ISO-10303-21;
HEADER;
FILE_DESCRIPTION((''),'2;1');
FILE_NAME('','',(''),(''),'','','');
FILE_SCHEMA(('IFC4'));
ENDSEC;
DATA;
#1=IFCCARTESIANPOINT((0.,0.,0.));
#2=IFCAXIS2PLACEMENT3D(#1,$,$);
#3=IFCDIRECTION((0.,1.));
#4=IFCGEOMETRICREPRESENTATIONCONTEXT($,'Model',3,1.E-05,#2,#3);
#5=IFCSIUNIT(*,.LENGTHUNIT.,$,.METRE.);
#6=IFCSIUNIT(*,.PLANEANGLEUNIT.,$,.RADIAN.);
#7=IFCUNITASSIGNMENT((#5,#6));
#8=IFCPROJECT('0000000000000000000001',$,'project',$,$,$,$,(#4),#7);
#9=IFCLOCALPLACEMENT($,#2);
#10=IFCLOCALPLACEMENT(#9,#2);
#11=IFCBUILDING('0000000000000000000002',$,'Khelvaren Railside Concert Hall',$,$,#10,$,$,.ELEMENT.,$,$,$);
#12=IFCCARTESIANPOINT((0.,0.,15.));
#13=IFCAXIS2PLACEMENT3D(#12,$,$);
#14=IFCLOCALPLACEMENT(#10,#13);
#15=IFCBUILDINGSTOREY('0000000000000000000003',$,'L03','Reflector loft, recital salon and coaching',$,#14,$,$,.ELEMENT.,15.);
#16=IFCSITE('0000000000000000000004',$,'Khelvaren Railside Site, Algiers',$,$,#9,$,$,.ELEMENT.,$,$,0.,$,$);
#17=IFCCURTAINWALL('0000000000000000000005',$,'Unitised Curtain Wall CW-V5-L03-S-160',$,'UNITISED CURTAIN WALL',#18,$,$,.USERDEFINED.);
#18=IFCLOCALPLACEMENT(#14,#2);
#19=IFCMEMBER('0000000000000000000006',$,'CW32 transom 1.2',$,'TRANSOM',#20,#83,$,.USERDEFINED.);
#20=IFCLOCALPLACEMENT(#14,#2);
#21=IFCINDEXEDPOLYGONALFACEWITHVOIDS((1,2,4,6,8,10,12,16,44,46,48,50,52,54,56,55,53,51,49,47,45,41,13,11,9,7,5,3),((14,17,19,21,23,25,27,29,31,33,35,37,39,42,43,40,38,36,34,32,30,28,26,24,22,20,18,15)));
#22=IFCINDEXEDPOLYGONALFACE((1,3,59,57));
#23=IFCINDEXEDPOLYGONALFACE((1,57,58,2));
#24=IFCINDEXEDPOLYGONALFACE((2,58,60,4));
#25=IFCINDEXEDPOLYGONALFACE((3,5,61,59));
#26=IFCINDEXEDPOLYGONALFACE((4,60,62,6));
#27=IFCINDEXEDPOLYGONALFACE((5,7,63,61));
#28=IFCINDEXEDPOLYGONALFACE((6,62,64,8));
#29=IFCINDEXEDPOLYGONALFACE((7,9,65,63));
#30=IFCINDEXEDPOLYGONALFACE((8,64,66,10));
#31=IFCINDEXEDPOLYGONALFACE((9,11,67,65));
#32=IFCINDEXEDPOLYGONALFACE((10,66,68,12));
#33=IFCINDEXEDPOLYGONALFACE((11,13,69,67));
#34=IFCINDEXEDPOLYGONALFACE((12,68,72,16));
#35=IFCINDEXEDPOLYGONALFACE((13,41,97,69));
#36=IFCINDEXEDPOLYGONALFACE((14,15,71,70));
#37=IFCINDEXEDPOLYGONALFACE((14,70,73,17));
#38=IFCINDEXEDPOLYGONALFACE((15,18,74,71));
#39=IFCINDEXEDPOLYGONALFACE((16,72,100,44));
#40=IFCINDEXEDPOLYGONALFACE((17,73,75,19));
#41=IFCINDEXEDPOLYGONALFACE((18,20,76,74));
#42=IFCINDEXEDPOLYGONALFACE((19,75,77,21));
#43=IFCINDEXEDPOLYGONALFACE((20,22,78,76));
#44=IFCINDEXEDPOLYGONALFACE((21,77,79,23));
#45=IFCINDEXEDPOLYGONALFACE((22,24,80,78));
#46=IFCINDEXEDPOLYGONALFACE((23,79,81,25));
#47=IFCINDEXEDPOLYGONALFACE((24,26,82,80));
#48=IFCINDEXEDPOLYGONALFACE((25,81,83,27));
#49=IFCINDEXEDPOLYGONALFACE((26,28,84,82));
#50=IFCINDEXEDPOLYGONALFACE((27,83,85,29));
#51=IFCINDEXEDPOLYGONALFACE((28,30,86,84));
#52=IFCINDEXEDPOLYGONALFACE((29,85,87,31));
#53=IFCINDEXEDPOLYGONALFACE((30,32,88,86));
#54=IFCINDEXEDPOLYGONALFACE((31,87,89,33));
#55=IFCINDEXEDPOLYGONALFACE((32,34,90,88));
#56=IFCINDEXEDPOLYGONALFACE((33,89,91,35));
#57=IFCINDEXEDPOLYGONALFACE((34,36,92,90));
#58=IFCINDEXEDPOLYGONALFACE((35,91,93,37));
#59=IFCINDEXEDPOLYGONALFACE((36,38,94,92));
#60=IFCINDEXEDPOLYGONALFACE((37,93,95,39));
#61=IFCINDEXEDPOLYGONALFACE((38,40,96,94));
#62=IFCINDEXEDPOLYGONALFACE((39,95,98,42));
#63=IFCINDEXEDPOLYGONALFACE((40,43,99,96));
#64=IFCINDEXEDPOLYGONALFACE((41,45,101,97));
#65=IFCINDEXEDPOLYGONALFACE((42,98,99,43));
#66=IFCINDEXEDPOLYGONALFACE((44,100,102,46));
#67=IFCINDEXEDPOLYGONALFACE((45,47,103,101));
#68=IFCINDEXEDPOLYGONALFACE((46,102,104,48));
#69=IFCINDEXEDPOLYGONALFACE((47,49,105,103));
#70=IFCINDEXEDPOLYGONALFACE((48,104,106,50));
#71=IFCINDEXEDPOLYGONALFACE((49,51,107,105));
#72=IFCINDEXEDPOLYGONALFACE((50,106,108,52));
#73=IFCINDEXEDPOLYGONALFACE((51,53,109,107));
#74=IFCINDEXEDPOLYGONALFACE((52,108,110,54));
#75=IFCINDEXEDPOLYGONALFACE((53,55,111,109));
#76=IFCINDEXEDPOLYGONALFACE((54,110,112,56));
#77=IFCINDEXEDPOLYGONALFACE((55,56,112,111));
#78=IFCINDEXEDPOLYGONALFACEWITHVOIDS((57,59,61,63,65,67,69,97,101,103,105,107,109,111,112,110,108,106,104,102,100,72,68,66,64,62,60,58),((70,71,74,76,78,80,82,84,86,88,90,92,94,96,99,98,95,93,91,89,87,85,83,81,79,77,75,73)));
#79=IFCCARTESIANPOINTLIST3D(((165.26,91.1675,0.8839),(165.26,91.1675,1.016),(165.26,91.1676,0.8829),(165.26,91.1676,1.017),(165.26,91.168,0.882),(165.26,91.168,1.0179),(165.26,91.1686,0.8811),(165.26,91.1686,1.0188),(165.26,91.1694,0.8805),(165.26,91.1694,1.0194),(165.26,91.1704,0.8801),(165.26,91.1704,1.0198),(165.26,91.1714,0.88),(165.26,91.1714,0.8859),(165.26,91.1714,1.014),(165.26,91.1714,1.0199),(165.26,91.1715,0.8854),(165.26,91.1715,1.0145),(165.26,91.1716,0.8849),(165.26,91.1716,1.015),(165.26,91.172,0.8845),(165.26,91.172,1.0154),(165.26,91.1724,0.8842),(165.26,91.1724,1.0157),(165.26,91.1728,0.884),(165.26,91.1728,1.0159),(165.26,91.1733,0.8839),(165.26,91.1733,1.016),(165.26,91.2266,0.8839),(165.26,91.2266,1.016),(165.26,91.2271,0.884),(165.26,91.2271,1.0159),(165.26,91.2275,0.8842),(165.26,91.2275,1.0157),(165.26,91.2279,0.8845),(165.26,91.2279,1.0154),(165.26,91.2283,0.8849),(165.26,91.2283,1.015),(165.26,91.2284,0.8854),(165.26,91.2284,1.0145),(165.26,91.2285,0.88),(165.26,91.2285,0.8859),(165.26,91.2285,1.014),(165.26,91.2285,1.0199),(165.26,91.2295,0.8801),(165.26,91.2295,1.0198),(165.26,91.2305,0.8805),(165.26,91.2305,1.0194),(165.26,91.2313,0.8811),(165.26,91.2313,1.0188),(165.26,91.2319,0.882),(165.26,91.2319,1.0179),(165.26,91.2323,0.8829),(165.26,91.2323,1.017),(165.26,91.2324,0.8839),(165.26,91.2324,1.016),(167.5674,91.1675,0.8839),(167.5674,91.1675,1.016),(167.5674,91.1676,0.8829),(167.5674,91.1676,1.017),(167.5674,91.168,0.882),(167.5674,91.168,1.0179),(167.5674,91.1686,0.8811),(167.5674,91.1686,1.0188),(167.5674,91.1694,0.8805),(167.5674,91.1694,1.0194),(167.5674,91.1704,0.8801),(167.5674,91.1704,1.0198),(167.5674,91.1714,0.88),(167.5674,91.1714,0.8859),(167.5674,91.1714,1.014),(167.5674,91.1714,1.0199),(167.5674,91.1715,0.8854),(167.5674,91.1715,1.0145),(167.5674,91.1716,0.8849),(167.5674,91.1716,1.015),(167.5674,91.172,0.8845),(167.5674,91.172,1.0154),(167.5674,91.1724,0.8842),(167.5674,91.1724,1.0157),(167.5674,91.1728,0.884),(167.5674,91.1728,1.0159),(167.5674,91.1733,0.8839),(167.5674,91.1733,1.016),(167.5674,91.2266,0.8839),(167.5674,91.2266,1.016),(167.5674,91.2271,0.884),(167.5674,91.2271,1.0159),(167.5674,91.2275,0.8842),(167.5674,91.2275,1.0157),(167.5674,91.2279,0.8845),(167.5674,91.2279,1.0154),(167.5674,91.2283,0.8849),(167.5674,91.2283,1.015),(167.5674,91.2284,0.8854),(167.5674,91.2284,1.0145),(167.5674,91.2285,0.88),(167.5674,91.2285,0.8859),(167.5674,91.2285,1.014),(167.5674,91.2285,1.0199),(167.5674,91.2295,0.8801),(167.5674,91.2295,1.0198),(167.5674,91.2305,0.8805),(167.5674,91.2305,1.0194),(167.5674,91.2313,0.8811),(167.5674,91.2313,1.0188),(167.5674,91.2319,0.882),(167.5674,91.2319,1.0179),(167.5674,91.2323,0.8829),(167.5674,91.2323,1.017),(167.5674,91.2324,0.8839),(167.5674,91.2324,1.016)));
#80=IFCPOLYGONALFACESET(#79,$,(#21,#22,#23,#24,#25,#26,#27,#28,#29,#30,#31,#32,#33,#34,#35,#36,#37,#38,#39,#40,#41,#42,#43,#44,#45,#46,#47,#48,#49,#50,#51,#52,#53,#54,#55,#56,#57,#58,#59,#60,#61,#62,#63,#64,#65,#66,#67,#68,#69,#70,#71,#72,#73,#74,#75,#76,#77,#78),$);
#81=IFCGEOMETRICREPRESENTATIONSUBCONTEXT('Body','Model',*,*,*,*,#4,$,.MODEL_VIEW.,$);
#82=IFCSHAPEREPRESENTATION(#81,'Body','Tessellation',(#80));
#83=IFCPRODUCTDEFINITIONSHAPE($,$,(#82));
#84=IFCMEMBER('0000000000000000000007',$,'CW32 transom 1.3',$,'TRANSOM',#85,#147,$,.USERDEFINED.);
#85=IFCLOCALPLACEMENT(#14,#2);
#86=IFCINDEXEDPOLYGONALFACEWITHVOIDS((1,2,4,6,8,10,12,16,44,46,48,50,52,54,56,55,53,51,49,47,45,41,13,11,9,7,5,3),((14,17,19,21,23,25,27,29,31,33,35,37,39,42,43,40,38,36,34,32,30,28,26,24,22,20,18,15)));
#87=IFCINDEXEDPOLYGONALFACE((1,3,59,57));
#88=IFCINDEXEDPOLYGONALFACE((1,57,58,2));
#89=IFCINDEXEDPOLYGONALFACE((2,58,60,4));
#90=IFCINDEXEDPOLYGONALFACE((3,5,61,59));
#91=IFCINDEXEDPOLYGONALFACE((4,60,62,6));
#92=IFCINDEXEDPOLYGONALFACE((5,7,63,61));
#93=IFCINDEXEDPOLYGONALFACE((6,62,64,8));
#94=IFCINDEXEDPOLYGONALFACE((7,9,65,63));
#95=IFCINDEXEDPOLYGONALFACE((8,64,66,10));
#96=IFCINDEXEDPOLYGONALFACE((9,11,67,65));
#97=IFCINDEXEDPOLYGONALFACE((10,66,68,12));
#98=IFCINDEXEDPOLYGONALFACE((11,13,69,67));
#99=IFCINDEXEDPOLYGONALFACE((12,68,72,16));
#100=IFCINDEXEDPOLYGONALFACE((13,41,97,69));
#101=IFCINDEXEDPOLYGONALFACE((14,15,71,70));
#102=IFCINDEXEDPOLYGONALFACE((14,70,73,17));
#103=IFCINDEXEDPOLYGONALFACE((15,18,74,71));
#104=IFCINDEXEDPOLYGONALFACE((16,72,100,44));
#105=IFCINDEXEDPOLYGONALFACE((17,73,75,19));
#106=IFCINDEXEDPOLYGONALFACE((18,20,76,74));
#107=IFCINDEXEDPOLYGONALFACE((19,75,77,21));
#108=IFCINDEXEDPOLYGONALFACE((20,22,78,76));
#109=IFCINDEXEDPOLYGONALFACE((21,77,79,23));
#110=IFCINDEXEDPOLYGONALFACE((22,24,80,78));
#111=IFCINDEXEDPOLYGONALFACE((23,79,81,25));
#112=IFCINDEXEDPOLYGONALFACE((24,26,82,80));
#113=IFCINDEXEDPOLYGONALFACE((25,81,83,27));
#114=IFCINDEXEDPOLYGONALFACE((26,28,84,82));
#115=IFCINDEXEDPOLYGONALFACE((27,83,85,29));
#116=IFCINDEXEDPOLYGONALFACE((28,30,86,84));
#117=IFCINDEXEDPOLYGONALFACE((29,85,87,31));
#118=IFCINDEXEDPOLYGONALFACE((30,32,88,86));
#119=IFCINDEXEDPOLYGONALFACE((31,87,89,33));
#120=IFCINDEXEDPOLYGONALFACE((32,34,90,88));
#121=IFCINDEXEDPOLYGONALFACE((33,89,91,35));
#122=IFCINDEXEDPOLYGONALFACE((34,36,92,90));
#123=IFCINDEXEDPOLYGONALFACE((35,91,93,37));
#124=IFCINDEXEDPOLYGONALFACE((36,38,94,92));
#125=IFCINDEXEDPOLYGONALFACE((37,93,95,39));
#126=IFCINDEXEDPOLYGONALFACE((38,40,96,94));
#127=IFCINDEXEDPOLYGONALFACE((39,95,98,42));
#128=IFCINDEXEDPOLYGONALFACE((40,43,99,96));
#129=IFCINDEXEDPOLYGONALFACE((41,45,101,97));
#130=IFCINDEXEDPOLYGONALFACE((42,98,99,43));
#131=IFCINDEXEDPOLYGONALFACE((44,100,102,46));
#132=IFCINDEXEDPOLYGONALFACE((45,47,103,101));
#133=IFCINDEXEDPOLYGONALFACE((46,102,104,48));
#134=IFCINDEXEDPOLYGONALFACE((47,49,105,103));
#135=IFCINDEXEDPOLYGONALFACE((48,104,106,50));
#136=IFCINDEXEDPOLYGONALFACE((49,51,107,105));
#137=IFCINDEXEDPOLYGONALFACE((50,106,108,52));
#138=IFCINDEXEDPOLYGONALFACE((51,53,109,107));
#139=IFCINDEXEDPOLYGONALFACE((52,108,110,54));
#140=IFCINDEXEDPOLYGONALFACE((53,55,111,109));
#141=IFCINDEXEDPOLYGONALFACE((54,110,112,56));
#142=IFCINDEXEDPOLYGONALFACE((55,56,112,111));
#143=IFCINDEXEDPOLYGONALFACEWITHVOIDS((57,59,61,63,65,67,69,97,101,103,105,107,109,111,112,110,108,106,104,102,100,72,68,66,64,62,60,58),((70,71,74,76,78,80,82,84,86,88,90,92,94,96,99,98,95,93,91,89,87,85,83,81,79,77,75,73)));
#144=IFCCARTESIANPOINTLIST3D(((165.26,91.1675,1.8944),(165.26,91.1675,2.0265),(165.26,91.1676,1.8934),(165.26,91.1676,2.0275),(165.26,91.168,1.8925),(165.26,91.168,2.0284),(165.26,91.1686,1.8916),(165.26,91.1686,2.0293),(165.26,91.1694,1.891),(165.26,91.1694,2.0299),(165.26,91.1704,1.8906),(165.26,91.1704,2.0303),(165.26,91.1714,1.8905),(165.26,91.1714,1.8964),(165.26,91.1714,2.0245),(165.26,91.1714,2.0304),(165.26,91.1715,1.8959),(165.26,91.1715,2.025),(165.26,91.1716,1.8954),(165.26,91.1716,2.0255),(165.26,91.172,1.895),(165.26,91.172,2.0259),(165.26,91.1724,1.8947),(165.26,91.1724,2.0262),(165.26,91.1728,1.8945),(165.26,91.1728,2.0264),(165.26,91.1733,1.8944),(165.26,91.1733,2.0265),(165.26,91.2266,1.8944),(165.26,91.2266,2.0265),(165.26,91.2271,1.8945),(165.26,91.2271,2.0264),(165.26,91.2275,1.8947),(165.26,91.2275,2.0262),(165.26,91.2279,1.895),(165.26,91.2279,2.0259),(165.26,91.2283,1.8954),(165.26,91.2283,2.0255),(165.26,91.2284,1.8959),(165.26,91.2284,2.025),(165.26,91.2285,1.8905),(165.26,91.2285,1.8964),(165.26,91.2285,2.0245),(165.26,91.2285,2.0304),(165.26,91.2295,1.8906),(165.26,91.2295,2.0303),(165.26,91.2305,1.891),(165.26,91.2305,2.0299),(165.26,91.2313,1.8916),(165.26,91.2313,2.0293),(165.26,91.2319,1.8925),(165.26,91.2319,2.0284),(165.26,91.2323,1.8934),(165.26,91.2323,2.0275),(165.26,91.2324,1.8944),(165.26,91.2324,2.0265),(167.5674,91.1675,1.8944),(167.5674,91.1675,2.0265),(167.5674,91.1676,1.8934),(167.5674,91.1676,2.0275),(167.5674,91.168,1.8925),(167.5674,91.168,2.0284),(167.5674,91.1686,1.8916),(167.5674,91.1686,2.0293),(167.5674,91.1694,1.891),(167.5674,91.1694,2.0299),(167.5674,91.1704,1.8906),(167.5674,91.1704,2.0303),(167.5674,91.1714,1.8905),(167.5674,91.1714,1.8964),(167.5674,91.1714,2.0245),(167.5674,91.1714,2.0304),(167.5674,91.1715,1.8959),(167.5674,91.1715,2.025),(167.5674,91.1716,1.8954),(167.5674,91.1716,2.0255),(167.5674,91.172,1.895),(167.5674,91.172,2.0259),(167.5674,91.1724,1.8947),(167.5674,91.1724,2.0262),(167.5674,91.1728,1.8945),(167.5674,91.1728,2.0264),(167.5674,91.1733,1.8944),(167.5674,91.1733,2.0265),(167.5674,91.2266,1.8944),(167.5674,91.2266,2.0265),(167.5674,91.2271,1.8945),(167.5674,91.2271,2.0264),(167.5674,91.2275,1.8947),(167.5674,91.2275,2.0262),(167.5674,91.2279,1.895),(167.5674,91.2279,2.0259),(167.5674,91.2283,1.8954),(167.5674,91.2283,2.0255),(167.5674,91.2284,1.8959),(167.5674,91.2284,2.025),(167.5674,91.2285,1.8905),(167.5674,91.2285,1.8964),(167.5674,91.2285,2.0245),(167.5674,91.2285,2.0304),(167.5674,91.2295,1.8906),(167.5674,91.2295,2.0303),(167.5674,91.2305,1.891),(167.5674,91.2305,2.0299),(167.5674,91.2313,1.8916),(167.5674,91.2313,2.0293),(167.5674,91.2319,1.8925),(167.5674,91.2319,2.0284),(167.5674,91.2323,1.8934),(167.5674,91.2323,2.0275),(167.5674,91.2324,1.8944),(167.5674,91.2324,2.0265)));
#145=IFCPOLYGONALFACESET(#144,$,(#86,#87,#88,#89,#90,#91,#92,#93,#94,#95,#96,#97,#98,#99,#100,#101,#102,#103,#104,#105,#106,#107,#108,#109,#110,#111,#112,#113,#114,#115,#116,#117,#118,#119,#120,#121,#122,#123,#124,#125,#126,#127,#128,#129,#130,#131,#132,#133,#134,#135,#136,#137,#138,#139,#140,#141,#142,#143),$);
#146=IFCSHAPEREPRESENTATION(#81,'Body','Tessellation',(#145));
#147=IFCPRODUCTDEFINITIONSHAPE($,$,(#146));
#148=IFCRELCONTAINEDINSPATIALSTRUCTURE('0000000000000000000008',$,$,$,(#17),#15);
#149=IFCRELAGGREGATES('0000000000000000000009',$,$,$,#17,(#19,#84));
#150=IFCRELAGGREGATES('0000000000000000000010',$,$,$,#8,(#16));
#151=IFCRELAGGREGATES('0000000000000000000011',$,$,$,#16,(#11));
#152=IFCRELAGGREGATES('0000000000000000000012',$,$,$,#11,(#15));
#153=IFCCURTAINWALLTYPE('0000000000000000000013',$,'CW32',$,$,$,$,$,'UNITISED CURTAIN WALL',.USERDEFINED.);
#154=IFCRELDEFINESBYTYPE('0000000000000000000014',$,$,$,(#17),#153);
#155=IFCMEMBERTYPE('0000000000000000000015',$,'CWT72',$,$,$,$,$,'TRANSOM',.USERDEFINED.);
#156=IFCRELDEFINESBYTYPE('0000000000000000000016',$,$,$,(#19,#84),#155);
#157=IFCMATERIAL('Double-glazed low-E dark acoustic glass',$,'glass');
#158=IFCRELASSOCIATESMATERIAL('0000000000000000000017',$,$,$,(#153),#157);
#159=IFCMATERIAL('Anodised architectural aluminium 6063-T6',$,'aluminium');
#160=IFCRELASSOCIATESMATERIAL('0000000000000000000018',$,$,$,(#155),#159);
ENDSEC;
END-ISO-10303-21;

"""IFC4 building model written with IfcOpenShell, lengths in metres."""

from ifc_helpers import new_model, si_unit, direction, frame, origin, origin_2d, place, context, subcontext, project, spatial, hollow_rectangle, extrude, material, material_profile, profile_set, type_object, element, aggregate, save


model = new_model("IFC4")

# Units and contexts
model_context = context("Model", 3, precision=1e-05, world=origin(), true_north=direction((0.0, 1.0)))
body_context = subcontext(model_context, "Body", "Model", "MODEL_VIEW")
ifc_project = project(units=[si_unit("LENGTHUNIT", "METRE"), si_unit("PLANEANGLEUNIT", "RADIAN")], contexts=[model_context])

# Site, building, storey
site_placement = place(None, origin())
site = spatial("IfcSite", under=ifc_project, at=site_placement, Name="Khelvaren Railside Site, Algiers", CompositionType="ELEMENT", RefElevation=0.0)
building_placement = place(site_placement, origin())
building = spatial("IfcBuilding", under=site, at=building_placement, Name="Khelvaren Railside Concert Hall", CompositionType="ELEMENT")
storey_placement = place(building_placement, frame((0.0, 0.0, 15.0)))
storey = spatial("IfcBuildingStorey", under=building, at=storey_placement, Name="L03", Description="Reflector loft, recital salon and coaching", CompositionType="ELEMENT", Elevation=15.0)

# Curtain wall
ifc_material_1 = material(Name="Double-glazed low-E dark acoustic glass", Category="glass")
curtain_wall_type_1 = type_object("IfcCurtainWallType", Name="CW32", ElementType="UNITISED CURTAIN WALL", PredefinedType="USERDEFINED", material=ifc_material_1)
curtain_wall_1_placement = place(storey_placement, origin())
curtain_wall_1 = element("IfcCurtainWall", 1, at=curtain_wall_1_placement, inside=storey, type_object=curtain_wall_type_1, Name="Unitised Curtain Wall CW-V5-L03-S-160", ObjectType="UNITISED CURTAIN WALL", PredefinedType="USERDEFINED")
ifc_material_2 = material(Name="Anodised architectural aluminium 6063-T6", Category="aluminium")

# Members
ifc_material_profile_1 = material_profile(ifc_material_2, hollow_rectangle(XDim=0.0649, YDim=0.1399, WallThickness=0.0039, InnerFilletRadius=0.002, OuterFilletRadius=0.0039, at=origin_2d()), Name="CWT 65x140x4")
ifc_profile_set_1 = profile_set([ifc_material_profile_1], Name="Anodised architectural aluminium 6063-T6")
member_type_1 = type_object("IfcMemberType", Name="CWT72", ElementType="TRANSOM", PredefinedType="USERDEFINED", material=ifc_profile_set_1)
member_1_placement = place(storey_placement, frame((167.5674, 91.2, 0.95), z_axis=(-1.0, 0.0, 0.0), x_axis=(0.0, -1.0, 0.0)))
member_1 = element("IfcMember", 2, at=member_1_placement, type_object=member_type_1, Name="CW32 transom 1.2", ObjectType="TRANSOM", PredefinedType="USERDEFINED", context=body_context, shape_type="SweptSolid", body=[
    extrude(hollow_rectangle(XDim=0.0649, YDim=0.1399, WallThickness=0.0039, InnerFilletRadius=0.002, OuterFilletRadius=0.0039, at=origin_2d()), origin(), (0.0, 0.0, 1.0), 2.3074),
])
member_2_placement = place(storey_placement, frame((167.5674, 91.2, 1.9604), z_axis=(-1.0, 0.0, 0.0), x_axis=(0.0, -1.0, 0.0)))
member_2 = element("IfcMember", 3, at=member_2_placement, type_object=member_type_1, Name="CW32 transom 1.3", ObjectType="TRANSOM", PredefinedType="USERDEFINED", context=body_context, shape_type="SweptSolid", body=[
    extrude(hollow_rectangle(XDim=0.0649, YDim=0.1399, WallThickness=0.0039, InnerFilletRadius=0.002, OuterFilletRadius=0.0039, at=origin_2d()), origin(), (0.0, 0.0, 1.0), 2.3074),
])

aggregate(curtain_wall_1, [member_1, member_2])

save(model, "model.ifc")
